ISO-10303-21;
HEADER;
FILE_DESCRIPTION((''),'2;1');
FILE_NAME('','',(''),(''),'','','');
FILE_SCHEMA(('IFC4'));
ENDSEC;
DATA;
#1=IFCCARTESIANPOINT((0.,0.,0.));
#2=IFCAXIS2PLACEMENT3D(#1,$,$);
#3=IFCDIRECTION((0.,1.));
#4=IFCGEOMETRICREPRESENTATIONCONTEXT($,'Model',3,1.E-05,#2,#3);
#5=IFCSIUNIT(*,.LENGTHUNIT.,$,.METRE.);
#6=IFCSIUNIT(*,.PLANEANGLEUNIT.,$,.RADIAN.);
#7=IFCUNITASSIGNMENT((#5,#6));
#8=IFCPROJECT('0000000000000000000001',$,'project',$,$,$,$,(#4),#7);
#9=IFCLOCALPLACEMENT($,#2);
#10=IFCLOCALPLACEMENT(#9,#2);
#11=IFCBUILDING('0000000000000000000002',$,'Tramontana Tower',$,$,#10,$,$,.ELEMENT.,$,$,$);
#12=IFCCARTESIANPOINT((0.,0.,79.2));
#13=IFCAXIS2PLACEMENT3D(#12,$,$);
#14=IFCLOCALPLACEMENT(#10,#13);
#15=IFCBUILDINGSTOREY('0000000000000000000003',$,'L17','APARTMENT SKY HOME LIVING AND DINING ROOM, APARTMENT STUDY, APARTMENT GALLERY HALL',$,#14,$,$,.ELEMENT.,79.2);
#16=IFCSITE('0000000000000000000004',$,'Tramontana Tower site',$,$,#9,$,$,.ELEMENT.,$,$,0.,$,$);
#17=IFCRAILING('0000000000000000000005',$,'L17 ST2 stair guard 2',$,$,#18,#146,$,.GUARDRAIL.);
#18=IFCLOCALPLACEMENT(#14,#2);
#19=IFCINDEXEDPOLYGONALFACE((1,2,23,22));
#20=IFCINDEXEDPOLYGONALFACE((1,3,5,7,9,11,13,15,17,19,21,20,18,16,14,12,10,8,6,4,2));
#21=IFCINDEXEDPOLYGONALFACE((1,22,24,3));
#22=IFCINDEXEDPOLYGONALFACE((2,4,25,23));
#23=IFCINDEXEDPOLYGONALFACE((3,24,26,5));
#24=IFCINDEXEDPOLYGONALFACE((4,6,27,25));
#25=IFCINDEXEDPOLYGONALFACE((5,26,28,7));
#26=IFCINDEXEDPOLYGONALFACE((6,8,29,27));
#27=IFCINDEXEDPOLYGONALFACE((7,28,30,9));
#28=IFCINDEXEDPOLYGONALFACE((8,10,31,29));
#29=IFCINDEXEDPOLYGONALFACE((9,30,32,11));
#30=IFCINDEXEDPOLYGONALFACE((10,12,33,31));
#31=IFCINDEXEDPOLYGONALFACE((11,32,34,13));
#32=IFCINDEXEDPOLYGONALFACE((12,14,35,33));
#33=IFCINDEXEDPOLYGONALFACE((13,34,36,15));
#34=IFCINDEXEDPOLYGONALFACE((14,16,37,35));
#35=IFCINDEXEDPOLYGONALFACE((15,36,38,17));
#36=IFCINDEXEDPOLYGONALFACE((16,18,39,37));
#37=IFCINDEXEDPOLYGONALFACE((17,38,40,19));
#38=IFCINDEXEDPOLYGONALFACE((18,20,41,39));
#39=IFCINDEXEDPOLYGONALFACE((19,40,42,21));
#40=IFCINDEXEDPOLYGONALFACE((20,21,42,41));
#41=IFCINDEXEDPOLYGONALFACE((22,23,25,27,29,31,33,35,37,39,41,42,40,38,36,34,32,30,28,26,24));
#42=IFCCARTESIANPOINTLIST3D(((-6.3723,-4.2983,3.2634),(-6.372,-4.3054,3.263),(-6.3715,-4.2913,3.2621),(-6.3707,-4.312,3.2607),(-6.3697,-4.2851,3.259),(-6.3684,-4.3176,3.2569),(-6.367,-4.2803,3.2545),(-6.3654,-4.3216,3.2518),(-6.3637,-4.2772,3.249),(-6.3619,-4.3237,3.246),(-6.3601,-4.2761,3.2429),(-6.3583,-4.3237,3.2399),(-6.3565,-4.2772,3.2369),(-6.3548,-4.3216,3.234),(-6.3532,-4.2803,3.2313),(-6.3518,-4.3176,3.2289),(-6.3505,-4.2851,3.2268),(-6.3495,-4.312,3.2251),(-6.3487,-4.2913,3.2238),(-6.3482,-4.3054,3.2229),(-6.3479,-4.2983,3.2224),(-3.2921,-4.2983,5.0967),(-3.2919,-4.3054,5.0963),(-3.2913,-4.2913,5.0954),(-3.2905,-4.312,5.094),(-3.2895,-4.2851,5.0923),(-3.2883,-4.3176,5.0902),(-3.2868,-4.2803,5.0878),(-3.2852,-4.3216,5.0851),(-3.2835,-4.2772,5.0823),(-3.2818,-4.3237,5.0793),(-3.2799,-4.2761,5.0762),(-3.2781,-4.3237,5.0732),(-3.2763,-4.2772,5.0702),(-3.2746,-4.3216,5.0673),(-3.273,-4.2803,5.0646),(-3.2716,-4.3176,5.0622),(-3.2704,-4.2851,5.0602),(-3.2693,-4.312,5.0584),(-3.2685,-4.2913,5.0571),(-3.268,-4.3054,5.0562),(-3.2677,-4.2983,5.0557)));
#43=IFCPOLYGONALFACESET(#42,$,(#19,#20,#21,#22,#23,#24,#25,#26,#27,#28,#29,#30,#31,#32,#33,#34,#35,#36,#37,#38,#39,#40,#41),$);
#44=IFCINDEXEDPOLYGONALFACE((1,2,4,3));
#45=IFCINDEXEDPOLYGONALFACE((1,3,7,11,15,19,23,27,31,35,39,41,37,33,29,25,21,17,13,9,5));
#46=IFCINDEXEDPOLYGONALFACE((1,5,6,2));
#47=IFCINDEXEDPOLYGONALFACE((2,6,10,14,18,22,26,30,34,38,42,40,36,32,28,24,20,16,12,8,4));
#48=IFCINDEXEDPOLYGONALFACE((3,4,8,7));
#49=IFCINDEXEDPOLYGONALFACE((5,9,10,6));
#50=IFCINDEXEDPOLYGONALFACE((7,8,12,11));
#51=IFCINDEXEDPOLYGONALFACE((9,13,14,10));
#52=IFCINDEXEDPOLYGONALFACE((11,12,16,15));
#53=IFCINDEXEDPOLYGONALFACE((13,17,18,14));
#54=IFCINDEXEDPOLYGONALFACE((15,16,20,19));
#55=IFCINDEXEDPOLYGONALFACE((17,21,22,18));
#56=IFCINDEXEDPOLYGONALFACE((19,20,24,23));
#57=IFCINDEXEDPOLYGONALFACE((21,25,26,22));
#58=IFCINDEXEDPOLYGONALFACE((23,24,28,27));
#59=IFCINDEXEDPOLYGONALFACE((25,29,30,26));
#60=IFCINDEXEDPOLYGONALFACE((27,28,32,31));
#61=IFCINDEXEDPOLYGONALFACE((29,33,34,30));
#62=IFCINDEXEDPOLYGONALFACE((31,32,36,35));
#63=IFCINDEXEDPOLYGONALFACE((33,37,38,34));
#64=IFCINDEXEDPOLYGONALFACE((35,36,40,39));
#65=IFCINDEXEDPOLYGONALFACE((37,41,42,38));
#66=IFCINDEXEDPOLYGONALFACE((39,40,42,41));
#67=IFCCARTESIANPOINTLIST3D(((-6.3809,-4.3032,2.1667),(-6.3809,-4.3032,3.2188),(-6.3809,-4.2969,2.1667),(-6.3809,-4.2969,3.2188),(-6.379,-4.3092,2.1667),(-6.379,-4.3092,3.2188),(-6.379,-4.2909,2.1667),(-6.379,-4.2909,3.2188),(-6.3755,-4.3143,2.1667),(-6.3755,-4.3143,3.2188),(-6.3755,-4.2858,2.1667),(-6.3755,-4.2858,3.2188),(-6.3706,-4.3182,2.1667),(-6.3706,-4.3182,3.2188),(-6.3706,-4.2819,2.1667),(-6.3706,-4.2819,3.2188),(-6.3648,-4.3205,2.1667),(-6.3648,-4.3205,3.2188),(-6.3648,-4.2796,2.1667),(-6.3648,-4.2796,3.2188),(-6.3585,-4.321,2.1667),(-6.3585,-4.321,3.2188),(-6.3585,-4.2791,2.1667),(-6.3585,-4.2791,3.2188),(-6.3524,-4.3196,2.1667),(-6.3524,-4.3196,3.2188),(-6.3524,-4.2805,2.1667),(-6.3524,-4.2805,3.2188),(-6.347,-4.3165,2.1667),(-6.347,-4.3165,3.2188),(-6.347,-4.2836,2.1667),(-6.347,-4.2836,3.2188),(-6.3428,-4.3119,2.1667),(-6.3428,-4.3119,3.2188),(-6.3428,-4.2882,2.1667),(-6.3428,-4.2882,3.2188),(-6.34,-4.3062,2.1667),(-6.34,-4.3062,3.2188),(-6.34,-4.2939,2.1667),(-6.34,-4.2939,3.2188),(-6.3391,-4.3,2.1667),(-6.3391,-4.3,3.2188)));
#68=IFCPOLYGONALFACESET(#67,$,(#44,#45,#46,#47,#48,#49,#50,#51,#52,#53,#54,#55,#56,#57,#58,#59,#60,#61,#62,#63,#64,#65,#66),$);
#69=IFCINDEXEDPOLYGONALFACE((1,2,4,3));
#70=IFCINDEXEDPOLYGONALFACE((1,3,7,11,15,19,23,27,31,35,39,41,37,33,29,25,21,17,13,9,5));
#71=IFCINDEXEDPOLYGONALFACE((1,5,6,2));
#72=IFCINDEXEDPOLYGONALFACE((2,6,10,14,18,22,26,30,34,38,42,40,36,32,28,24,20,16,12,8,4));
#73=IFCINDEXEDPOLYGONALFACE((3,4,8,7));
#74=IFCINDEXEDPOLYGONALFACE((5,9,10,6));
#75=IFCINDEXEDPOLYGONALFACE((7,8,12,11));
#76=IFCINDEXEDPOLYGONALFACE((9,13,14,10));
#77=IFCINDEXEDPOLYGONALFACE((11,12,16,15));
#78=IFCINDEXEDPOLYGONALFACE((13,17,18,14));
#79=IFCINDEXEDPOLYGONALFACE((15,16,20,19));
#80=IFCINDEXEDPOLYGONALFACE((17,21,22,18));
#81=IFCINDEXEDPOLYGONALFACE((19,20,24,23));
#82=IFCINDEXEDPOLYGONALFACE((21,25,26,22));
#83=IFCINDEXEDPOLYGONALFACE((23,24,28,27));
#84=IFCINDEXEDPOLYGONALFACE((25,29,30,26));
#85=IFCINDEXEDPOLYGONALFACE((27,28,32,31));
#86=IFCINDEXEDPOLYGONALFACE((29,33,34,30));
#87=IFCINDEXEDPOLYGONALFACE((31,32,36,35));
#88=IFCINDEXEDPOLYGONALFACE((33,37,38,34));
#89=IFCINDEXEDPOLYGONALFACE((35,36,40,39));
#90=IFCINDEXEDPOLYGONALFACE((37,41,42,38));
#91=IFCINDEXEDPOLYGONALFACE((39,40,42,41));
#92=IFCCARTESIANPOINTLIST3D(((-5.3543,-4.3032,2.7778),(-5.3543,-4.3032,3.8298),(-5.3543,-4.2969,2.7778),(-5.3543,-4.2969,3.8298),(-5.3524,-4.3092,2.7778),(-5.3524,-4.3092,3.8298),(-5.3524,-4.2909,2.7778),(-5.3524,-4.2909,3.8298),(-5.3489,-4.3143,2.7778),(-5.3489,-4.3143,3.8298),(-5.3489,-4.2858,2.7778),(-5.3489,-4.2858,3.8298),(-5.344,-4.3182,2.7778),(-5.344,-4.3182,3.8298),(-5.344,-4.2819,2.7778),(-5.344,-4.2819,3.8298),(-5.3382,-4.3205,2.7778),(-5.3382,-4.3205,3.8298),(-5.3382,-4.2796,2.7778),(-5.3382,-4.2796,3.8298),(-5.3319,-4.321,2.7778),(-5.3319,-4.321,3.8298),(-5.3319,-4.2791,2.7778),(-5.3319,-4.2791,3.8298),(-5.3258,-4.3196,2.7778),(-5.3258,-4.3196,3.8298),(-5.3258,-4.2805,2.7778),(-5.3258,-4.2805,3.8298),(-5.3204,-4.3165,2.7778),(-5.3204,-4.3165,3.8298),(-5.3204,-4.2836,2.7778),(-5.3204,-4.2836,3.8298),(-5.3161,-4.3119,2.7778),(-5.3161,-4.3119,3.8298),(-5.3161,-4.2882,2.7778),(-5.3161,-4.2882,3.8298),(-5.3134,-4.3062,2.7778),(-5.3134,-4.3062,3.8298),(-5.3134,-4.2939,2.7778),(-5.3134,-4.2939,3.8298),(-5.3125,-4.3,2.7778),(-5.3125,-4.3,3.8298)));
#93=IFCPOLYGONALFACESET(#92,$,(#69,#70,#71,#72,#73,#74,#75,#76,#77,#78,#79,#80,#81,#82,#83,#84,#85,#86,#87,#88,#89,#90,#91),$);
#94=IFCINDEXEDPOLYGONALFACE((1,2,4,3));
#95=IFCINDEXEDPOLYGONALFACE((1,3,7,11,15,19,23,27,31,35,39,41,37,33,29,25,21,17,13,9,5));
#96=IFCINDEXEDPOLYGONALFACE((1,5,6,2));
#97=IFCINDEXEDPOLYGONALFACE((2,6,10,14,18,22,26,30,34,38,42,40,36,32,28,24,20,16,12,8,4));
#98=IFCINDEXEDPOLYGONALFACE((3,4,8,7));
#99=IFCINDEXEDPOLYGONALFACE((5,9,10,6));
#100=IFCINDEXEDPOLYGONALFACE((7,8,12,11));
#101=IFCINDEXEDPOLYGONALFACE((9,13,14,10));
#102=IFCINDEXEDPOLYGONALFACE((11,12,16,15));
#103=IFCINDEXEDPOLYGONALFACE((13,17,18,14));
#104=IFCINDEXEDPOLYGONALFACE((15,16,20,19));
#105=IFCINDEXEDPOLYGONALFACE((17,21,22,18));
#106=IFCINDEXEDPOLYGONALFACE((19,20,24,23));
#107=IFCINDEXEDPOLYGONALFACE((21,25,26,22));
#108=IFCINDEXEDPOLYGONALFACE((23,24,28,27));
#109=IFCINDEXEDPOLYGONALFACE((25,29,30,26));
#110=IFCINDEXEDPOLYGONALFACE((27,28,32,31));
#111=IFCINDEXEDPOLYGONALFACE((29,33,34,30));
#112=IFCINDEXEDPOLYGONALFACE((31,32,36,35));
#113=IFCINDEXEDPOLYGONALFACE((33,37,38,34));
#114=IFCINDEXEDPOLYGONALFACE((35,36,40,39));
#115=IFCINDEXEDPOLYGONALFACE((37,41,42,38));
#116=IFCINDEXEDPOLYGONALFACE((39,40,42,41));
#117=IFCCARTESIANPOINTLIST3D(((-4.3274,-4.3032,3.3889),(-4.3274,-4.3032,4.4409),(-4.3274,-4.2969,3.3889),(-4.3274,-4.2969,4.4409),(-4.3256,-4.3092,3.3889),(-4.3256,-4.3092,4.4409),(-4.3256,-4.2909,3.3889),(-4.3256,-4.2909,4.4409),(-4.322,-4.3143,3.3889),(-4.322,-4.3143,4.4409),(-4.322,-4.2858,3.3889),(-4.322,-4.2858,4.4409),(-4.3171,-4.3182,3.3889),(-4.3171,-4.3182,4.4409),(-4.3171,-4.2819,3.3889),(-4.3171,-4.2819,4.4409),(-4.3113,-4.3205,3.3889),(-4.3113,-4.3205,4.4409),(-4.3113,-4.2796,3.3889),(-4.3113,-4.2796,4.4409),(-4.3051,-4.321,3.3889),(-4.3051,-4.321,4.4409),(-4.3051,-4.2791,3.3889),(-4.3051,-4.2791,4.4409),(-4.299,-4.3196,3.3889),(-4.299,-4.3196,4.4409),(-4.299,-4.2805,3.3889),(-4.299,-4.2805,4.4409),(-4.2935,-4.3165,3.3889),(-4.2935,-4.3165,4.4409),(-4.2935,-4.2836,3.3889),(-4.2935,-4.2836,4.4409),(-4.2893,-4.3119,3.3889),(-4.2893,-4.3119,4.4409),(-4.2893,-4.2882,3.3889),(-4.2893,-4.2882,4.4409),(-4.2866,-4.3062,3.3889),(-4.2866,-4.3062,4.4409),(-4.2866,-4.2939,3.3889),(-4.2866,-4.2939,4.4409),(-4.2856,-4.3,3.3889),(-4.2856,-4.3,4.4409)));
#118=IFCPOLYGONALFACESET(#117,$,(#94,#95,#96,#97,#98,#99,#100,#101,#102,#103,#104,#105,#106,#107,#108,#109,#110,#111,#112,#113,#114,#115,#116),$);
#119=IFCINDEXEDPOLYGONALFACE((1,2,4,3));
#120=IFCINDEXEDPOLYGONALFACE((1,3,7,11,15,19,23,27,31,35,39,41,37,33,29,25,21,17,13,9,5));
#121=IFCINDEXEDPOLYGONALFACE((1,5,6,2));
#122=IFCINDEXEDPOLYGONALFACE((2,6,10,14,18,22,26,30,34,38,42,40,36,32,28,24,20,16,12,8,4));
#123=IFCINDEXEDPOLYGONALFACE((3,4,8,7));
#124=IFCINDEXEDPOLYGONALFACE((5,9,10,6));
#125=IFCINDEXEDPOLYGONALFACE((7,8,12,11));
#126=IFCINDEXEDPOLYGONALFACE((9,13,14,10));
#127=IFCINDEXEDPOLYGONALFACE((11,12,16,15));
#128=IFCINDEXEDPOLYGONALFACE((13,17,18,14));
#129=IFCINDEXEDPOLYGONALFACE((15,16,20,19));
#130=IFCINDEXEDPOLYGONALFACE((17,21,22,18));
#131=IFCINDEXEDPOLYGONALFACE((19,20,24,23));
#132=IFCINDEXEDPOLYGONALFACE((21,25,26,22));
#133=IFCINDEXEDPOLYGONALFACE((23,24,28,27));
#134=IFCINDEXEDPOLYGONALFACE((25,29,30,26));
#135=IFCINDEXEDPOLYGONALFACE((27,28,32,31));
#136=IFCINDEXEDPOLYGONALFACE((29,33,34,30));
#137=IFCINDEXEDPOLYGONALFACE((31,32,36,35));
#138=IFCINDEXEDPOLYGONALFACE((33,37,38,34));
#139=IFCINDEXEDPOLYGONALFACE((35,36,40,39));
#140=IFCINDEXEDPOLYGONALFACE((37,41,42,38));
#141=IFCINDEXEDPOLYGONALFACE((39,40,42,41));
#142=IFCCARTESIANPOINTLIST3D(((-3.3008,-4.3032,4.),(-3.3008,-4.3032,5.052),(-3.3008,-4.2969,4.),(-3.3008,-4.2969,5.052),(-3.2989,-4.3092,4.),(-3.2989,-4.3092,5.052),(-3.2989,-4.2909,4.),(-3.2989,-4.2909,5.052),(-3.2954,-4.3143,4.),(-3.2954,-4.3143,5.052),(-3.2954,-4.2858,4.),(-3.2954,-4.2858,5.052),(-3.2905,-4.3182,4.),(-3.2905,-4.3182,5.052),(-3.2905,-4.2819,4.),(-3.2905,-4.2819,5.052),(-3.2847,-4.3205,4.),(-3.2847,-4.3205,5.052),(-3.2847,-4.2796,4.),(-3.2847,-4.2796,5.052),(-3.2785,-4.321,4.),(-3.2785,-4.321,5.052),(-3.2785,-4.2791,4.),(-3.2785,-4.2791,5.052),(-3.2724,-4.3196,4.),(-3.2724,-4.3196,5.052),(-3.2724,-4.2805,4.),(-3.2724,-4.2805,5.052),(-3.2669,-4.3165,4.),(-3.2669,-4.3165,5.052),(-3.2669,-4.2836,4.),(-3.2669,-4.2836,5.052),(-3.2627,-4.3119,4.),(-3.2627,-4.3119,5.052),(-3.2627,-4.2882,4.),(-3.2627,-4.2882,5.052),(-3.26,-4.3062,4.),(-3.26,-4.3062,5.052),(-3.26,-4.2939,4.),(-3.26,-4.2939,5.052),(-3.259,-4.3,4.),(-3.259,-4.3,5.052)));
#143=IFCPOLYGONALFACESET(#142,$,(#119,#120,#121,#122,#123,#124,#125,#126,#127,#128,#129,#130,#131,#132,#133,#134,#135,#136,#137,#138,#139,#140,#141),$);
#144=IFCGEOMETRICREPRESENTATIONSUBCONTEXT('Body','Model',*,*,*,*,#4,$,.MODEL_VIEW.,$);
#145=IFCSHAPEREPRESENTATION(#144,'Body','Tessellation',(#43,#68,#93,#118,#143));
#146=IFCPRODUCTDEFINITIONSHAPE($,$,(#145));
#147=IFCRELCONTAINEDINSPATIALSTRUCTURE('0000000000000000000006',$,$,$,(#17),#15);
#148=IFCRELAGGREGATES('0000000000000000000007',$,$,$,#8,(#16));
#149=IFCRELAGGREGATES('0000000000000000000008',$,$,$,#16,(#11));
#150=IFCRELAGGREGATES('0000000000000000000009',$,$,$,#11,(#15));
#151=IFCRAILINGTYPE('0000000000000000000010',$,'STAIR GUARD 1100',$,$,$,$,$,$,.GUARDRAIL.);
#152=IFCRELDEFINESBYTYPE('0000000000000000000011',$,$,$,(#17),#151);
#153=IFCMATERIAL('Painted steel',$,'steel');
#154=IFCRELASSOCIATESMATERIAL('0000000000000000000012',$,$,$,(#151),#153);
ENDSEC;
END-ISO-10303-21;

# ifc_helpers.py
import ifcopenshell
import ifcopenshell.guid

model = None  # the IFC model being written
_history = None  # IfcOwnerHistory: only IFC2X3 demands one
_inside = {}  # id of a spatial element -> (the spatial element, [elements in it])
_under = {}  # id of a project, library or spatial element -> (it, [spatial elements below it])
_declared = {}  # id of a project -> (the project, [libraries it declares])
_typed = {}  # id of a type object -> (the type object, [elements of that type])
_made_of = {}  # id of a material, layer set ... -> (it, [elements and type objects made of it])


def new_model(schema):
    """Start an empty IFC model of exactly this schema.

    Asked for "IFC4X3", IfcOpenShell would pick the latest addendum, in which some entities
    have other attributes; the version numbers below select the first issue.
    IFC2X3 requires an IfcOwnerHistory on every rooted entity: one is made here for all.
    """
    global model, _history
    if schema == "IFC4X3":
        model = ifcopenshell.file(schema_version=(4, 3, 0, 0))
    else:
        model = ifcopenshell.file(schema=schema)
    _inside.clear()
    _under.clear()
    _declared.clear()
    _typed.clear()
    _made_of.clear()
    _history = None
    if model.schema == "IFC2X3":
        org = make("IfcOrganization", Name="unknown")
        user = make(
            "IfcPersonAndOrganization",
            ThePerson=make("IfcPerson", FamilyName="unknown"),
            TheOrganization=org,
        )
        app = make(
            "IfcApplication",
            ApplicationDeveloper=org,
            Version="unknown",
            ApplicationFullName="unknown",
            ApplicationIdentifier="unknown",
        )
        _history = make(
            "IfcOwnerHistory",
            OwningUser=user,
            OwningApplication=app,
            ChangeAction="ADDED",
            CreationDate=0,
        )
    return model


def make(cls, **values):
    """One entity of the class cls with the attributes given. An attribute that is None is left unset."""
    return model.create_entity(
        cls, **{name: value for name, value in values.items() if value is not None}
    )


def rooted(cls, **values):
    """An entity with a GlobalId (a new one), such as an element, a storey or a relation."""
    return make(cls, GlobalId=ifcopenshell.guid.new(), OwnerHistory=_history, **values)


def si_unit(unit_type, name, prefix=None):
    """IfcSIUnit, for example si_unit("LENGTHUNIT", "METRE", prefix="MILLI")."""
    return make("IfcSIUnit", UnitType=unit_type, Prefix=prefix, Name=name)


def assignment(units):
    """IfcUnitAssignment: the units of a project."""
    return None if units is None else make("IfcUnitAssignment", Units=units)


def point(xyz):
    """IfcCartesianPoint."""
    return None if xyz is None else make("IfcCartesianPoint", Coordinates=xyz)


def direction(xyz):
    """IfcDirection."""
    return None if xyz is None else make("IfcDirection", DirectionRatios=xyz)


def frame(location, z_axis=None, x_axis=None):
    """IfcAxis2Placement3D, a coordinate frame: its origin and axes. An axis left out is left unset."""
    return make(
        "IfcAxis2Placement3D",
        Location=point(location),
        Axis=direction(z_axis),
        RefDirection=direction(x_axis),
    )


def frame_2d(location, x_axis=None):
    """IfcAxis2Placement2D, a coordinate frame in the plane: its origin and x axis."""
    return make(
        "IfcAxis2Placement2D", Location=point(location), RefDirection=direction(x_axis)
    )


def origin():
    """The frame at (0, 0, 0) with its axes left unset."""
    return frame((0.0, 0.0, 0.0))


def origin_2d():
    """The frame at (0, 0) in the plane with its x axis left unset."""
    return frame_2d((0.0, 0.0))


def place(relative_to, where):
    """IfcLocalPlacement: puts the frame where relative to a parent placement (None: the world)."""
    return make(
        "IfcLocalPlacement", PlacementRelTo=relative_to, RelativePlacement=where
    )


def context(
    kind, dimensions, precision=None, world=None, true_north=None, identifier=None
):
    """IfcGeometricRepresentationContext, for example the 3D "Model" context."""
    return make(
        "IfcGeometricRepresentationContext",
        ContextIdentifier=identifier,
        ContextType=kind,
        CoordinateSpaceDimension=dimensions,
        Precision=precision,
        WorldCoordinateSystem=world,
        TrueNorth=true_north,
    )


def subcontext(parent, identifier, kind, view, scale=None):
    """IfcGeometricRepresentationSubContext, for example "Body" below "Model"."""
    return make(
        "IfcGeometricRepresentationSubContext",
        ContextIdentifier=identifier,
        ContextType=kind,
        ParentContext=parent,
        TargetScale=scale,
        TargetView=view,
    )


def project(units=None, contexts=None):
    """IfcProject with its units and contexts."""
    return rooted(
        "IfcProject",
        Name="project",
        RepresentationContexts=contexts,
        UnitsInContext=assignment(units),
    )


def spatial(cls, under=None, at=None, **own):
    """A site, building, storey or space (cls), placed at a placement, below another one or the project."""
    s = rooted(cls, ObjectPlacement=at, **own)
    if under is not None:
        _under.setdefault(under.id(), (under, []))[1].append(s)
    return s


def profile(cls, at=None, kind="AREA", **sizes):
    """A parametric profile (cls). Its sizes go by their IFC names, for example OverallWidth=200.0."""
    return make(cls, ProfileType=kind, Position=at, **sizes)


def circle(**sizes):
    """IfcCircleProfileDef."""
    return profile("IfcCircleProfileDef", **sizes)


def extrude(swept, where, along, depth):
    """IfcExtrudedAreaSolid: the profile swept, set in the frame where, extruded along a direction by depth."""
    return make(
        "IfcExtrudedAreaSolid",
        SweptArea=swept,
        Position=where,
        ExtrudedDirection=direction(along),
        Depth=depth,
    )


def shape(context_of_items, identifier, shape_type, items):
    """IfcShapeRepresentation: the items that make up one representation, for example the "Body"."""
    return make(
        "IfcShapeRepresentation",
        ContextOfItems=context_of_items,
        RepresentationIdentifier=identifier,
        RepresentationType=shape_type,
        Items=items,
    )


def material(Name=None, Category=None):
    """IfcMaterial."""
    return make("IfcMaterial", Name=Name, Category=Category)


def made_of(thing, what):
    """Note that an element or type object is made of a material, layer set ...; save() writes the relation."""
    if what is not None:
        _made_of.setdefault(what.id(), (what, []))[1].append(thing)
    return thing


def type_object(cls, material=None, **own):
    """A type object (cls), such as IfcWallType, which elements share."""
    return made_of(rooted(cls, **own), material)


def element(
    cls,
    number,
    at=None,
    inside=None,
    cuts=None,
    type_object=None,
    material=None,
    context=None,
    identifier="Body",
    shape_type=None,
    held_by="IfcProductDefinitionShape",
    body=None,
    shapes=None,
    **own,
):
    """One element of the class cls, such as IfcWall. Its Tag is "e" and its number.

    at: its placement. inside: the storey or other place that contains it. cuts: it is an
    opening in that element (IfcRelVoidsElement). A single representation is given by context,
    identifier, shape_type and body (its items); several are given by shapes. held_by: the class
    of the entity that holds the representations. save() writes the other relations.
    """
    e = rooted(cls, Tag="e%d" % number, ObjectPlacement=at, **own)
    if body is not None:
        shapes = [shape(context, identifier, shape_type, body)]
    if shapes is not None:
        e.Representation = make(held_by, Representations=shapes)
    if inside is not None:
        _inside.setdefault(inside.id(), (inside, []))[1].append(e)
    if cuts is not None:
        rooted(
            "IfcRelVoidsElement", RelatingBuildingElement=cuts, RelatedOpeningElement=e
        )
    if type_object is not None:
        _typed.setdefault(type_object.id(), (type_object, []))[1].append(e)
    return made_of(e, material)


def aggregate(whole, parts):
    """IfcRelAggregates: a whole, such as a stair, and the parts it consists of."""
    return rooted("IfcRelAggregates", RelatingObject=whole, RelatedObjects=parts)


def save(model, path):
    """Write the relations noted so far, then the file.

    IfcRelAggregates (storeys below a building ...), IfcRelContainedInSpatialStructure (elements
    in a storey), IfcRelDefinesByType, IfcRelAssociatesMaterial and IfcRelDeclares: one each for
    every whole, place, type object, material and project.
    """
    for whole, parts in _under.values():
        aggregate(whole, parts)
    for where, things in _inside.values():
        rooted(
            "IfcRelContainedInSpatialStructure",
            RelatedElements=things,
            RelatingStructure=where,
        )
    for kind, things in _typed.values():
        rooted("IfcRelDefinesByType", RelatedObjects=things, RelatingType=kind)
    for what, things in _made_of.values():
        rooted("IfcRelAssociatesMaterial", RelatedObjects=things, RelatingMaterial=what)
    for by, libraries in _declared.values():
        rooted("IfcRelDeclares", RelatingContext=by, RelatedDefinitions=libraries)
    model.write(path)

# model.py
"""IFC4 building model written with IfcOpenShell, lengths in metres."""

from ifc_helpers import new_model, si_unit, direction, frame, origin, origin_2d, place, context, subcontext, project, spatial, circle, extrude, material, type_object, element, save


model = new_model("IFC4")

# Units and contexts
model_context = context("Model", 3, precision=1e-05, world=origin(), true_north=direction((0.0, 1.0)))
body_context = subcontext(model_context, "Body", "Model", "MODEL_VIEW")
ifc_project = project(units=[si_unit("LENGTHUNIT", "METRE"), si_unit("PLANEANGLEUNIT", "RADIAN")], contexts=[model_context])

# Site, building, storey
site_placement = place(None, origin())
site = spatial("IfcSite", under=ifc_project, at=site_placement, Name="Tramontana Tower site", CompositionType="ELEMENT", RefElevation=0.0)
building_placement = place(site_placement, origin())
building = spatial("IfcBuilding", under=site, at=building_placement, Name="Tramontana Tower", CompositionType="ELEMENT")
storey_placement = place(building_placement, frame((0.0, 0.0, 79.2)))
storey = spatial("IfcBuildingStorey", under=building, at=storey_placement, Name="L17", Description="APARTMENT SKY HOME LIVING AND DINING ROOM, APARTMENT STUDY, APARTMENT GALLERY HALL", CompositionType="ELEMENT", Elevation=79.2)

# Railing
ifc_material_1 = material(Name="Painted steel", Category="steel")
railing_type_1 = type_object("IfcRailingType", Name="STAIR GUARD 1100", PredefinedType="GUARDRAIL", material=ifc_material_1)
railing_1_placement = place(storey_placement, frame((-6.3601, -4.3, 2.1667)))
element("IfcRailing", 1, at=railing_1_placement, inside=storey, type_object=railing_type_1, Name="L17 ST2 stair guard 2", PredefinedType="GUARDRAIL", context=body_context, shape_type="SweptSolid", body=[
    extrude(circle(Radius=0.0239, at=origin_2d()), frame((0.0, 0.0, 1.0762), z_axis=(0.859309, 0.0, 0.511458), x_axis=(0.0, 1.0, 0.0)), (0.0, 0.0, 1.0), 3.5845),
    extrude(circle(Radius=0.021, at=origin_2d()), origin(), (0.0, 0.0, 1.0), 1.052),
    extrude(circle(Radius=0.021, at=origin_2d()), frame((1.0266, 0.0, 0.6111)), (0.0, 0.0, 1.0), 1.052),
    extrude(circle(Radius=0.021, at=origin_2d()), frame((2.0535, 0.0, 1.2222)), (0.0, 0.0, 1.0), 1.052),
    extrude(circle(Radius=0.021, at=origin_2d()), frame((3.0801, 0.0, 1.8333)), (0.0, 0.0, 1.0), 1.052),
])

save(model, "model.ifc")
